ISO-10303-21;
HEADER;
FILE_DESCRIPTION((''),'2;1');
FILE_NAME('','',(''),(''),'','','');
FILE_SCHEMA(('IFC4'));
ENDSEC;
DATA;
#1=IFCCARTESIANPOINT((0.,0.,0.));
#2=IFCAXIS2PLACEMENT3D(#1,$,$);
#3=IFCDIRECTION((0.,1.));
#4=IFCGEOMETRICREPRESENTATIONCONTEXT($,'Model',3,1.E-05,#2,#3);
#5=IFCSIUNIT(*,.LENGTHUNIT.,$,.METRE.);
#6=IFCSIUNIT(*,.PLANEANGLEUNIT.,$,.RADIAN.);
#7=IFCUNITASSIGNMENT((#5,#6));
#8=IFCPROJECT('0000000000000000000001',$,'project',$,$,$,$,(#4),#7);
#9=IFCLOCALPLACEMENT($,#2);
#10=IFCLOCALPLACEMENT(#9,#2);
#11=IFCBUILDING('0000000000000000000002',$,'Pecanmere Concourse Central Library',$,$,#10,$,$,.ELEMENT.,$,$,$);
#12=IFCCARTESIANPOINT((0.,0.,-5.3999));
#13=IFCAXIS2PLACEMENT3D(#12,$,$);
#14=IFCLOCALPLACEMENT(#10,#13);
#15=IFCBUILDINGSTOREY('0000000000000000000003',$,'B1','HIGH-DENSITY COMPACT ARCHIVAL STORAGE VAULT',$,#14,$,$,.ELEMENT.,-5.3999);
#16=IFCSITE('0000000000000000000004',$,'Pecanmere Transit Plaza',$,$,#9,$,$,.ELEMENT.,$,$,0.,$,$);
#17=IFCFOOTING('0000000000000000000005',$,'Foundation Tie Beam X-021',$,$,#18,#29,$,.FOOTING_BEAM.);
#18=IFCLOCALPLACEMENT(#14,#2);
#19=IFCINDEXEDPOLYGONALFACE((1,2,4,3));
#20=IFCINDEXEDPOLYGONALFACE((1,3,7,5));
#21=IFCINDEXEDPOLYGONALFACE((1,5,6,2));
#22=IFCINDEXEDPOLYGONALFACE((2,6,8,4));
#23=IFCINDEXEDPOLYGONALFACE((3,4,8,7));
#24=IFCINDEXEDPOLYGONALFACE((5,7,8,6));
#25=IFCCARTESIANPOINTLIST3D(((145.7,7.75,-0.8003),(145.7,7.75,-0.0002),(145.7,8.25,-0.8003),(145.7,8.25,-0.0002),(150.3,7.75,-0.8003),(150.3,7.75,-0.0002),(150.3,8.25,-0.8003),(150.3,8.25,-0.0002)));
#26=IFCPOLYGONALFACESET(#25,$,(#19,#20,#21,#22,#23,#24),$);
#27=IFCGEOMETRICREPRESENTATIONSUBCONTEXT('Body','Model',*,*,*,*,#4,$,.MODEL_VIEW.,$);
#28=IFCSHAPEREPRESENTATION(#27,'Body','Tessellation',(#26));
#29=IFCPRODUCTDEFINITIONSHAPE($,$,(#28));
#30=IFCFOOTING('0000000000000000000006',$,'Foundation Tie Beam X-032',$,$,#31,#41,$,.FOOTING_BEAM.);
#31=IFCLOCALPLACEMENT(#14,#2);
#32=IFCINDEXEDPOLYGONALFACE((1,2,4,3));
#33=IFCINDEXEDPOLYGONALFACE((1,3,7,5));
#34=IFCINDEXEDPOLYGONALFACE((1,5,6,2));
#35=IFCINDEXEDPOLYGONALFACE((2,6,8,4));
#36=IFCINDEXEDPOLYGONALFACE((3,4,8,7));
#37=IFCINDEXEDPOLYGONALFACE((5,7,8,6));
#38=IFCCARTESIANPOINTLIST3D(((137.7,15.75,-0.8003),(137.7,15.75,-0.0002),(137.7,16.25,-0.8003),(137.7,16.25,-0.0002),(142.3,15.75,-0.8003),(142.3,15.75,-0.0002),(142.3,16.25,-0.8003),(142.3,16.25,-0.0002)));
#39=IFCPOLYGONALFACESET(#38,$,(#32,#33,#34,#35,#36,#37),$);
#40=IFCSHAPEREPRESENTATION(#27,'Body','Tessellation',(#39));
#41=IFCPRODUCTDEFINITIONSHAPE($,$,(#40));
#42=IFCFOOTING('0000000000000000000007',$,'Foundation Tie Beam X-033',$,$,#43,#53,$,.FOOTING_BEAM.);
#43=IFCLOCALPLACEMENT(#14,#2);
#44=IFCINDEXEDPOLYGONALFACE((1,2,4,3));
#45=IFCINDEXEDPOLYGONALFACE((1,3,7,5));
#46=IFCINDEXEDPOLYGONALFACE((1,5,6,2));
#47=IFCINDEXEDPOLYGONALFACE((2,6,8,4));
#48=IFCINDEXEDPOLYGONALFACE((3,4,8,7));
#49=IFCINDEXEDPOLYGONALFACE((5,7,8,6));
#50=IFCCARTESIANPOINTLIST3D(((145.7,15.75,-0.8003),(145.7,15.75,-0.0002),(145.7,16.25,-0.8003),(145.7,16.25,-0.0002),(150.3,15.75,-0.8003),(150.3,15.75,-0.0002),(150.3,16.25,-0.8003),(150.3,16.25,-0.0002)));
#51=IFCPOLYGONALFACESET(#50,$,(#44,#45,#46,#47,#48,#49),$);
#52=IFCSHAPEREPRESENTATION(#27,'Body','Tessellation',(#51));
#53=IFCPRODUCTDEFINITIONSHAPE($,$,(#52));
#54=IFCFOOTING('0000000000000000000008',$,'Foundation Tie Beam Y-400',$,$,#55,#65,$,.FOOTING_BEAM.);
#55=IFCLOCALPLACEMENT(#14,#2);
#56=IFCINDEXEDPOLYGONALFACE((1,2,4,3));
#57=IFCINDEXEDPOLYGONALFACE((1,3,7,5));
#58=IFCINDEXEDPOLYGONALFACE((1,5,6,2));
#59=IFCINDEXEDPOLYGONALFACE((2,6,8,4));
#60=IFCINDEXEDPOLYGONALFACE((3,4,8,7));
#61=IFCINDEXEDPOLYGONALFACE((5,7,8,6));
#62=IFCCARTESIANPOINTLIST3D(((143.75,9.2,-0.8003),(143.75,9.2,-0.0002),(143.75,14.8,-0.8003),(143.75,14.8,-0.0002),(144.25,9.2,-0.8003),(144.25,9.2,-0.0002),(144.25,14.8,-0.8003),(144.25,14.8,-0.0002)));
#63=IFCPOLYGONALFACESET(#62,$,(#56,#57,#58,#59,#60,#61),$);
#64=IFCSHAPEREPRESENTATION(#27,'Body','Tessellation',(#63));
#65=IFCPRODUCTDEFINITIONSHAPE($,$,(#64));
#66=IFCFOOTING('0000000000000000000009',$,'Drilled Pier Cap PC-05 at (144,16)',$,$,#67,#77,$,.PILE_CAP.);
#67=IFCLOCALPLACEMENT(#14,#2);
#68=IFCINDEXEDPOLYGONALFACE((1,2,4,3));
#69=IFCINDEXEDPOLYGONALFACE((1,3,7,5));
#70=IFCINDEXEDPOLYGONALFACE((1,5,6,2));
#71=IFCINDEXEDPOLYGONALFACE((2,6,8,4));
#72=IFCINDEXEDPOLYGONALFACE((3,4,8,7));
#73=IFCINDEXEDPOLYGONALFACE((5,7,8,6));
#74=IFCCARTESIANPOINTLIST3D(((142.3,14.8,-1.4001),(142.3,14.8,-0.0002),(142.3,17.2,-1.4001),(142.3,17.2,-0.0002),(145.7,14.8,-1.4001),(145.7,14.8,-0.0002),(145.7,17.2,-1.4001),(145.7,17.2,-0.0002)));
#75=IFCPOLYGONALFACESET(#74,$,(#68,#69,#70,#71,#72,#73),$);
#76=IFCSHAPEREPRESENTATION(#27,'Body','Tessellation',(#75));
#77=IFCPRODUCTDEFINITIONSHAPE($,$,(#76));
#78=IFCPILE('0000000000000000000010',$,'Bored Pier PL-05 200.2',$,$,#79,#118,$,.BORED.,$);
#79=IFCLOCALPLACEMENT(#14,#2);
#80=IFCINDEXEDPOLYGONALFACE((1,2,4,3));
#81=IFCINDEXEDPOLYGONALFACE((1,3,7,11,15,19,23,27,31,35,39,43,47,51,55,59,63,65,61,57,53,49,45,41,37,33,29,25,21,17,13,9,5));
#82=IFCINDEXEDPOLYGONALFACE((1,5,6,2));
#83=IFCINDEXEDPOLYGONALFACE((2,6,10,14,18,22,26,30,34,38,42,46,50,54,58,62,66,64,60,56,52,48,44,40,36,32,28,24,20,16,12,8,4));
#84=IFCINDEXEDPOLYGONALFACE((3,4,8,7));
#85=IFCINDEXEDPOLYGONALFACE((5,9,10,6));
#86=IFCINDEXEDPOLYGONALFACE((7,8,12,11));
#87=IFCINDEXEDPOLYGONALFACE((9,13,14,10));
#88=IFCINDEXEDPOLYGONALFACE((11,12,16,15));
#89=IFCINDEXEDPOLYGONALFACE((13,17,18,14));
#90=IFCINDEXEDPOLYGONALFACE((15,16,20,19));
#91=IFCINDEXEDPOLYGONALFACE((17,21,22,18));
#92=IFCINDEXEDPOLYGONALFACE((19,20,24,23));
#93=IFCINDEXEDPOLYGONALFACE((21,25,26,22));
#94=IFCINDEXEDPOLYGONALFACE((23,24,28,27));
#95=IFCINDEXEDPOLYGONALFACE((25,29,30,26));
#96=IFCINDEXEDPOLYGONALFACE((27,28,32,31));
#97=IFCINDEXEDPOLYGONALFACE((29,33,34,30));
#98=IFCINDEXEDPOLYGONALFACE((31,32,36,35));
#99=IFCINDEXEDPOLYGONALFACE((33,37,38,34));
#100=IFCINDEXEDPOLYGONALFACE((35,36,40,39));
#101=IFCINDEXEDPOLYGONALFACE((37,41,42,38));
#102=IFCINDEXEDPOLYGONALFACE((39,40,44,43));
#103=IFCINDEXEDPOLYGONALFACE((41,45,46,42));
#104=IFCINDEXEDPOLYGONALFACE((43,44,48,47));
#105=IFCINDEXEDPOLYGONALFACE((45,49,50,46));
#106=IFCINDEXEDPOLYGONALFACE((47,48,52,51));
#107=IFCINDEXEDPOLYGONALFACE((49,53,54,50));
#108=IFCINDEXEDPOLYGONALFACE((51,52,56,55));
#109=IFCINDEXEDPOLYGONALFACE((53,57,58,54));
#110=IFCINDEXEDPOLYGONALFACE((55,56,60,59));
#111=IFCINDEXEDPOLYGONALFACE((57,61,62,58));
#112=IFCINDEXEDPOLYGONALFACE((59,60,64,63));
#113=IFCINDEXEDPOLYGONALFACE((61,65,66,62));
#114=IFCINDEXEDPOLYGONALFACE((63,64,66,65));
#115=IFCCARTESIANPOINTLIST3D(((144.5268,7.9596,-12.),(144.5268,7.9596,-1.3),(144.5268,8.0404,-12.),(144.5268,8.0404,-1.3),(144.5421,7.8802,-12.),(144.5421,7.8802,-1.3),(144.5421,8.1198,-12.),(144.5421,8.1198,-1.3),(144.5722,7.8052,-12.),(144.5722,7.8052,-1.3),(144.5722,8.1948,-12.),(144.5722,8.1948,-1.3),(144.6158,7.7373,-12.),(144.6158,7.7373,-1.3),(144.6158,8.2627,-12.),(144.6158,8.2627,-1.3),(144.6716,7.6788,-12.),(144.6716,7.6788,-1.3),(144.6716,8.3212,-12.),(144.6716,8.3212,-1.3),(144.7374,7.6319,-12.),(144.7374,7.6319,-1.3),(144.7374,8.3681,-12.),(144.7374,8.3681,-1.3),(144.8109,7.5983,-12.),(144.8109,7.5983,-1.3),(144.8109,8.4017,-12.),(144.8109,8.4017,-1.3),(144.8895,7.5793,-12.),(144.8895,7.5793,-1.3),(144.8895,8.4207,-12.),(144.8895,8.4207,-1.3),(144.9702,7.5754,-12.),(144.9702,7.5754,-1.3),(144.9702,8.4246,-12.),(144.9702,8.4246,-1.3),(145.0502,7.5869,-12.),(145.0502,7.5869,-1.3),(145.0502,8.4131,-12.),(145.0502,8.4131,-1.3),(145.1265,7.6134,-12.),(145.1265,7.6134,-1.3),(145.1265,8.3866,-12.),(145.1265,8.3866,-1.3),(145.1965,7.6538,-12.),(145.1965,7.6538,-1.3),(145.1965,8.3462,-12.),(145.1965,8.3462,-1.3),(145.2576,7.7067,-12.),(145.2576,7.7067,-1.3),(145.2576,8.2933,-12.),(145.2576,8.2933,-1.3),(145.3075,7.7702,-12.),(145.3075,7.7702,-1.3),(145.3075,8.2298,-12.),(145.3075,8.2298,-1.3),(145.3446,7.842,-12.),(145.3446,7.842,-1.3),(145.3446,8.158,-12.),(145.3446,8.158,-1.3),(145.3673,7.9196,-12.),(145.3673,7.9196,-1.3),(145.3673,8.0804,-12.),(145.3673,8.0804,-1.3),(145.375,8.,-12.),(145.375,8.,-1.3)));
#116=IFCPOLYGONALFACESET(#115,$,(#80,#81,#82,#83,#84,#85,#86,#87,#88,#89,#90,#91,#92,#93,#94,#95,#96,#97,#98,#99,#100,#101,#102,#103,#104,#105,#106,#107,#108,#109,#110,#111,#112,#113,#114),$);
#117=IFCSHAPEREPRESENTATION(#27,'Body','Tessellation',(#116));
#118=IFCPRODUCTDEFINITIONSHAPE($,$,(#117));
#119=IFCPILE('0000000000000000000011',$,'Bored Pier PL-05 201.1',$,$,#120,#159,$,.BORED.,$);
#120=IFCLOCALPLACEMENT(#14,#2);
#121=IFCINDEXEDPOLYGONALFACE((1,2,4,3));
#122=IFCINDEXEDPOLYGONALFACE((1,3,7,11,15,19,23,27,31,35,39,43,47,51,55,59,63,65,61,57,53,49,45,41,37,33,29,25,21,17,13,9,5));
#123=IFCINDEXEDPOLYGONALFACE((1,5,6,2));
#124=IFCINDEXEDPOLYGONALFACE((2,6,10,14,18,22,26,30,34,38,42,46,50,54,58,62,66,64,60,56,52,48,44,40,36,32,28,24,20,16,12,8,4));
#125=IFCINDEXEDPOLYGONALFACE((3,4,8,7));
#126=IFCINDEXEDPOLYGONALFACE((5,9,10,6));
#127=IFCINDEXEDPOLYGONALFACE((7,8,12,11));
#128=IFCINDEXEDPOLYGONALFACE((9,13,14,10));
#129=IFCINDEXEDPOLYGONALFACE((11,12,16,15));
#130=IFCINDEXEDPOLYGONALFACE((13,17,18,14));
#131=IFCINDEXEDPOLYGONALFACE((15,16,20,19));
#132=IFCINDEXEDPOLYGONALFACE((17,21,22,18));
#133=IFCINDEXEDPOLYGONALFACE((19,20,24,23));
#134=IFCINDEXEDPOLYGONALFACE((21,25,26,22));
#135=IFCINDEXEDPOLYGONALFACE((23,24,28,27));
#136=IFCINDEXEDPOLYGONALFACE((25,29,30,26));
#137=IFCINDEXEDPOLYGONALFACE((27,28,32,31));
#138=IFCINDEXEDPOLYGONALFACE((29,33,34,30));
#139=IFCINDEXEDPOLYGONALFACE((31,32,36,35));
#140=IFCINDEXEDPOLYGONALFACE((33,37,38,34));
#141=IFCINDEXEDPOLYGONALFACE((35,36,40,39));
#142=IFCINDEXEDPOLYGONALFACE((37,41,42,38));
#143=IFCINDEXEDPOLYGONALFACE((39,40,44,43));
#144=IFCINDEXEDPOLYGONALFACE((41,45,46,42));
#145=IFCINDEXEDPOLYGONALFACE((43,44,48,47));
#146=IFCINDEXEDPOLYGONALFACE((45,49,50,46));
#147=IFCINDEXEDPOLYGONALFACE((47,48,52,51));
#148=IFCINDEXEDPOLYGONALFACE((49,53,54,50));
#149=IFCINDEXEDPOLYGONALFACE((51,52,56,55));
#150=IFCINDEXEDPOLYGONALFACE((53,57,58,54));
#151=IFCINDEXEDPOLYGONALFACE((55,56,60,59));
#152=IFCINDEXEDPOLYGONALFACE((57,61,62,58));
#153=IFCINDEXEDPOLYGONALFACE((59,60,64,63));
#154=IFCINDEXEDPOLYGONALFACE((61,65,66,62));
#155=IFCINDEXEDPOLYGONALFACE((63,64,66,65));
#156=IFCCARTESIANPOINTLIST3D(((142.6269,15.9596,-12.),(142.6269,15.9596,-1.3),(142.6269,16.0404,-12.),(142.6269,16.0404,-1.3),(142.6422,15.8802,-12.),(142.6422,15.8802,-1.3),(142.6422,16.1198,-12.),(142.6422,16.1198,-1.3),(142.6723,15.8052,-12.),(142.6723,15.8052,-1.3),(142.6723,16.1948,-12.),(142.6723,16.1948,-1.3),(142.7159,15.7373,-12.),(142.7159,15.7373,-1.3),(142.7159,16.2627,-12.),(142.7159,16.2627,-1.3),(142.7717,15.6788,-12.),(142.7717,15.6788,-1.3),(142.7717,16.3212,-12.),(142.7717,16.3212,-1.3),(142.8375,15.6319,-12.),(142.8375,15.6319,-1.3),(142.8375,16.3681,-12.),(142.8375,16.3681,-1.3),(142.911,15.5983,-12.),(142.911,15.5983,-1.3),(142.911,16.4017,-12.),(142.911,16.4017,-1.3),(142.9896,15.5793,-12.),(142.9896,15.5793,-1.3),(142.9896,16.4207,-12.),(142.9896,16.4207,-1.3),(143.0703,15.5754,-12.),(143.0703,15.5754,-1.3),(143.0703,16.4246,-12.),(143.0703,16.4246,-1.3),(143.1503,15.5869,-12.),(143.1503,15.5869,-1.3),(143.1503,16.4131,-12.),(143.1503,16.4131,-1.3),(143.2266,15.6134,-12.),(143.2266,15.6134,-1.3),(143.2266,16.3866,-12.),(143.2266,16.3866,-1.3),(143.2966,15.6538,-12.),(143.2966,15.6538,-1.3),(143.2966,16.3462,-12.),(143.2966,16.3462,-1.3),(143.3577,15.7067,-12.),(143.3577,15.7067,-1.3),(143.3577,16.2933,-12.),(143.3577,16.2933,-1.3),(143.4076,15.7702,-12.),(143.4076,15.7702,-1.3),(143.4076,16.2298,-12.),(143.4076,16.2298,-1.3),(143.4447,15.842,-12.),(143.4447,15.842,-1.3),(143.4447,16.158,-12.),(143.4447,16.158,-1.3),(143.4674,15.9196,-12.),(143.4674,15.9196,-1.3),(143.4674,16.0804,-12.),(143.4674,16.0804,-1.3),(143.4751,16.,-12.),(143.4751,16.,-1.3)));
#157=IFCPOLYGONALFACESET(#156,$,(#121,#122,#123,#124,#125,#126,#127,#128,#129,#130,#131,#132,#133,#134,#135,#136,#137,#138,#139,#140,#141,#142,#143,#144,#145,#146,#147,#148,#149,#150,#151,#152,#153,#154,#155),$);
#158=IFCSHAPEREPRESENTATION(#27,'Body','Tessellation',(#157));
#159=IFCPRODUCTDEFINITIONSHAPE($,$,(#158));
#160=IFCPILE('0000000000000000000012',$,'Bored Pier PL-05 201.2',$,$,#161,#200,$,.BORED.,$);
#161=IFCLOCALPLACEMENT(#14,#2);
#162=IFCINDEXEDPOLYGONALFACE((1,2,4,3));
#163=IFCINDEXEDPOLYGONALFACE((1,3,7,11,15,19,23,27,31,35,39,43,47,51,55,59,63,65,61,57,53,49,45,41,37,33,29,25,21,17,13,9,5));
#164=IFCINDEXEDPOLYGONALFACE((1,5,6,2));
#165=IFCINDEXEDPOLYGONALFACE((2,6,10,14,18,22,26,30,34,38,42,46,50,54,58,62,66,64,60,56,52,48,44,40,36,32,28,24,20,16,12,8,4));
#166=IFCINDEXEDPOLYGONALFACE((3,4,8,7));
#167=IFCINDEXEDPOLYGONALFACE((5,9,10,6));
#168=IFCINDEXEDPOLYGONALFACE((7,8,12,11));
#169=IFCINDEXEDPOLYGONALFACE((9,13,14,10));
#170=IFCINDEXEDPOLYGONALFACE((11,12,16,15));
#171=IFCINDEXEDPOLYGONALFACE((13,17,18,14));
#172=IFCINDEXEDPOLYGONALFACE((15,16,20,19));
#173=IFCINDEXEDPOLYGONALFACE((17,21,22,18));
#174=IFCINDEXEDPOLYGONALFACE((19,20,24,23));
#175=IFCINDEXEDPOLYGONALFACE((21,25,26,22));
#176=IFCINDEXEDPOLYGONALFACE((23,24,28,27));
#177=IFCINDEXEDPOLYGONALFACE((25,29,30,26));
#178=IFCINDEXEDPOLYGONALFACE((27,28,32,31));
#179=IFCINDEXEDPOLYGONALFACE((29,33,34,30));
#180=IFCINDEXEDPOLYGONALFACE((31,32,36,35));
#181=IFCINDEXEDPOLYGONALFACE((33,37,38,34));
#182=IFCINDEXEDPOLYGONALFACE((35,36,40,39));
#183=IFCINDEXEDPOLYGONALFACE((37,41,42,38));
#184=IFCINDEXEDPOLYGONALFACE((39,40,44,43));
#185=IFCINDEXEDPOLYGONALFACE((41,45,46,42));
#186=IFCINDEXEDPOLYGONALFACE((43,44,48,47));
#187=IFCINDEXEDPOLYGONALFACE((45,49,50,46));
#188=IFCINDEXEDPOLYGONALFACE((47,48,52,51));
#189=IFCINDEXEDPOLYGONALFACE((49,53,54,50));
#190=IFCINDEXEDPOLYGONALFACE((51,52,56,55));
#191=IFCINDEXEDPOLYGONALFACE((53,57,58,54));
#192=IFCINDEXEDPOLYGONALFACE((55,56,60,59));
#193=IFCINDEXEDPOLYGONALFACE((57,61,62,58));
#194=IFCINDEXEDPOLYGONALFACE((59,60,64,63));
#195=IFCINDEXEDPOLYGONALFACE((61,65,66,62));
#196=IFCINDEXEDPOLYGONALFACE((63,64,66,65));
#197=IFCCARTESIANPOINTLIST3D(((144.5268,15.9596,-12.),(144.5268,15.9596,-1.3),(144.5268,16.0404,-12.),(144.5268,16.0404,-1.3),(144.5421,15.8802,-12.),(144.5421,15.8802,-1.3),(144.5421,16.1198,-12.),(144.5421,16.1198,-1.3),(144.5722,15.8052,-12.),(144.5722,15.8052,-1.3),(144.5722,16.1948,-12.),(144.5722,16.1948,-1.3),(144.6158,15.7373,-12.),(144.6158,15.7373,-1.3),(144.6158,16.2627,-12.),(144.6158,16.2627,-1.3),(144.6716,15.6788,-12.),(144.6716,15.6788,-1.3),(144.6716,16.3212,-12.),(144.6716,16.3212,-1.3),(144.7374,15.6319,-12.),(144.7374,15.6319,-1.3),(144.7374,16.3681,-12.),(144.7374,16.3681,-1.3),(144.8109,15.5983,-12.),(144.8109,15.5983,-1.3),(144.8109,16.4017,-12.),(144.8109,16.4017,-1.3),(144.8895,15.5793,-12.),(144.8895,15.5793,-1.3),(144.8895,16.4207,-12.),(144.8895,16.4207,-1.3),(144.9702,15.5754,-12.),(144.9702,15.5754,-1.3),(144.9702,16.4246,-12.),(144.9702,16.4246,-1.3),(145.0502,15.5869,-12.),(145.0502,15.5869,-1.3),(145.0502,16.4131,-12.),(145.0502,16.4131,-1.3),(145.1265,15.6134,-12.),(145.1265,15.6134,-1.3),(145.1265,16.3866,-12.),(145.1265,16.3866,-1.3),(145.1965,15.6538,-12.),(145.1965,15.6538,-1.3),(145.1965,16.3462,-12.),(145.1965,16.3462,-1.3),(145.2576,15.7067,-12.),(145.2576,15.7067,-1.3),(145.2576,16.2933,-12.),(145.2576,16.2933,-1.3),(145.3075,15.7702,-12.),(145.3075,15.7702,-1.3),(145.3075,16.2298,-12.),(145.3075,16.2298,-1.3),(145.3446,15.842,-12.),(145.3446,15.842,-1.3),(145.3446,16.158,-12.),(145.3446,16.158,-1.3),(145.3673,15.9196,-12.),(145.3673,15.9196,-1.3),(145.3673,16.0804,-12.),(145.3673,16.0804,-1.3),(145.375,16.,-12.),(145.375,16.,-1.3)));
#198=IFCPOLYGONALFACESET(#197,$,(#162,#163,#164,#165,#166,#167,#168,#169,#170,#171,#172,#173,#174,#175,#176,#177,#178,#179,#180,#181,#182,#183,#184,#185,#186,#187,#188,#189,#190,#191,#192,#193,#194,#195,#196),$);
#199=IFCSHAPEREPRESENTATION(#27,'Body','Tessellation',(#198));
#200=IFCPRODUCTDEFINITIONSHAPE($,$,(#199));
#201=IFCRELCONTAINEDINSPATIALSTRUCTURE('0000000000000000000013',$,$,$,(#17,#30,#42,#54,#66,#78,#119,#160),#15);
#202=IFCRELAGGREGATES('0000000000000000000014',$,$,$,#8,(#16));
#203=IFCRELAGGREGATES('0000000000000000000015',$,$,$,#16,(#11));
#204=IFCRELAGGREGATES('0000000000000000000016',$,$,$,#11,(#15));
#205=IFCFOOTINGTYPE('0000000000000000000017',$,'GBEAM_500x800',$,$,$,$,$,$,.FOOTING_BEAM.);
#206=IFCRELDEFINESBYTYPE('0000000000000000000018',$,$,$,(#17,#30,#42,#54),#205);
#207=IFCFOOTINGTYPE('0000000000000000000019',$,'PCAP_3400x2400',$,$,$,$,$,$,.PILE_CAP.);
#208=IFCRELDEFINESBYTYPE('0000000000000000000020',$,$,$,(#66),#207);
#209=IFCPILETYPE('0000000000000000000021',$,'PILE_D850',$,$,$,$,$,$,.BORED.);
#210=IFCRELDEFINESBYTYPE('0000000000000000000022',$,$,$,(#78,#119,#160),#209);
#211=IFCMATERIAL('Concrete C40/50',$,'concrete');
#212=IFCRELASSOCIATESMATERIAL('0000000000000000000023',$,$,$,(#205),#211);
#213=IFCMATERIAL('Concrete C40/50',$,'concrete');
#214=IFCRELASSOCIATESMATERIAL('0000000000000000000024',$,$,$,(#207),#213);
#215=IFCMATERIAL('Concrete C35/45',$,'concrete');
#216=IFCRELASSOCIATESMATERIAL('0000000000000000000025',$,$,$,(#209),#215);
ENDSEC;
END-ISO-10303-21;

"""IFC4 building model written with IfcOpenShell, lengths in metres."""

from ifc_helpers import new_model, si_unit, direction, frame, origin, origin_2d, place, context, subcontext, project, spatial, rectangle, circle, extrude, material, material_profile, profile_set, type_object, element, save


model = new_model("IFC4")

# Units and contexts
model_context = context("Model", 3, precision=1e-05, world=origin(), true_north=direction((0.0, 1.0)))
body_context = subcontext(model_context, "Body", "Model", "MODEL_VIEW")
ifc_project = project(units=[si_unit("LENGTHUNIT", "METRE"), si_unit("PLANEANGLEUNIT", "RADIAN")], contexts=[model_context])

# Site, building, storey
site_placement = place(None, origin())
site = spatial("IfcSite", under=ifc_project, at=site_placement, Name="Pecanmere Transit Plaza", CompositionType="ELEMENT", RefElevation=0.0)
building_placement = place(site_placement, origin())
building = spatial("IfcBuilding", under=site, at=building_placement, Name="Pecanmere Concourse Central Library", CompositionType="ELEMENT")
storey_placement = place(building_placement, frame((0.0, 0.0, -5.3999)))
storey = spatial("IfcBuildingStorey", under=building, at=storey_placement, Name="B1", Description="HIGH-DENSITY COMPACT ARCHIVAL STORAGE VAULT", CompositionType="ELEMENT", Elevation=-5.3999)

# Footings
ifc_material_1 = material(Name="Concrete C40/50", Category="concrete")
ifc_material_profile_1 = material_profile(ifc_material_1, rectangle(XDim=0.5, YDim=0.8, at=origin_2d()), Name="RC 500x800")
ifc_profile_set_1 = profile_set([ifc_material_profile_1], Name="Concrete C40/50")
footing_type_1 = type_object("IfcFootingType", Name="GBEAM_500x800", PredefinedType="FOOTING_BEAM", material=ifc_profile_set_1)
for number, where, z_axis, x_axis, name in (
    (1, (148.0, 8.0, -0.8003), (0.0, 0.0, 1.0), (1.0, 0.0, 0.0), "Foundation Tie Beam X-021"),
    (2, (140.0, 16.0, -0.8003), (0.0, 0.0, 1.0), (1.0, 0.0, 0.0), "Foundation Tie Beam X-032"),
    (3, (148.0, 16.0, -0.8003), (0.0, 0.0, 1.0), (1.0, 0.0, 0.0), "Foundation Tie Beam X-033"),
):
    element("IfcFooting", number, at=place(storey_placement, frame(where, z_axis=z_axis, x_axis=x_axis)), inside=storey, type_object=footing_type_1, Name=name, PredefinedType="FOOTING_BEAM", context=body_context, shape_type="SweptSolid", body=[
        extrude(rectangle(XDim=4.6001, YDim=0.5, at=origin_2d()), origin(), (0.0, 0.0, 1.0), 0.8),
    ])
footing_1_placement = place(storey_placement, frame((144.0, 12.0, -0.8003), z_axis=(0.0, 0.0, 1.0), x_axis=(0.0, 1.0, 0.0)))
element("IfcFooting", 4, at=footing_1_placement, inside=storey, type_object=footing_type_1, Name="Foundation Tie Beam Y-400", PredefinedType="FOOTING_BEAM", context=body_context, shape_type="SweptSolid", body=[
    extrude(rectangle(XDim=5.6001, YDim=0.5, at=origin_2d()), origin(), (0.0, 0.0, 1.0), 0.8),
])
ifc_material_2 = material(Name="Concrete C40/50", Category="concrete")
footing_type_2 = type_object("IfcFootingType", Name="PCAP_3400x2400", PredefinedType="PILE_CAP", material=ifc_material_2)
footing_2_placement = place(storey_placement, frame((144.0, 16.0, -1.4001), z_axis=(0.0, 0.0, 1.0), x_axis=(1.0, 0.0, 0.0)))
element("IfcFooting", 5, at=footing_2_placement, inside=storey, type_object=footing_type_2, Name="Drilled Pier Cap PC-05 at (144,16)", PredefinedType="PILE_CAP", context=body_context, shape_type="SweptSolid", body=[
    extrude(rectangle(XDim=3.3999, YDim=2.3999, at=origin_2d()), origin(), (0.0, 0.0, 1.0), 1.3999),
])

# Piles
ifc_material_3 = material(Name="Concrete C35/45", Category="concrete")
ifc_material_profile_2 = material_profile(ifc_material_3, circle(Radius=0.425, at=origin_2d()), Name="PIER D850")
ifc_profile_set_2 = profile_set([ifc_material_profile_2], Name="Concrete C35/45")
pile_type = type_object("IfcPileType", Name="PILE_D850", PredefinedType="BORED", material=ifc_profile_set_2)
for number, where, z_axis, x_axis, name in (
    (6, (144.95, 8.0, -1.3), (0.0, 0.0, -1.0), (1.0, 0.0, 0.0), "Bored Pier PL-05 200.2"),
    (7, (143.05, 16.0, -1.3), (0.0, 0.0, -1.0), (1.0, 0.0, 0.0), "Bored Pier PL-05 201.1"),
    (8, (144.95, 16.0, -1.3), (0.0, 0.0, -1.0), (1.0, 0.0, 0.0), "Bored Pier PL-05 201.2"),
):
    element("IfcPile", number, at=place(storey_placement, frame(where, z_axis=z_axis, x_axis=x_axis)), inside=storey, type_object=pile_type, Name=name, PredefinedType="BORED", context=body_context, shape_type="SweptSolid", body=[
        extrude(circle(Radius=0.425, at=origin_2d()), origin(), (0.0, 0.0, 1.0), 10.7),
    ])

save(model, "model.ifc")
